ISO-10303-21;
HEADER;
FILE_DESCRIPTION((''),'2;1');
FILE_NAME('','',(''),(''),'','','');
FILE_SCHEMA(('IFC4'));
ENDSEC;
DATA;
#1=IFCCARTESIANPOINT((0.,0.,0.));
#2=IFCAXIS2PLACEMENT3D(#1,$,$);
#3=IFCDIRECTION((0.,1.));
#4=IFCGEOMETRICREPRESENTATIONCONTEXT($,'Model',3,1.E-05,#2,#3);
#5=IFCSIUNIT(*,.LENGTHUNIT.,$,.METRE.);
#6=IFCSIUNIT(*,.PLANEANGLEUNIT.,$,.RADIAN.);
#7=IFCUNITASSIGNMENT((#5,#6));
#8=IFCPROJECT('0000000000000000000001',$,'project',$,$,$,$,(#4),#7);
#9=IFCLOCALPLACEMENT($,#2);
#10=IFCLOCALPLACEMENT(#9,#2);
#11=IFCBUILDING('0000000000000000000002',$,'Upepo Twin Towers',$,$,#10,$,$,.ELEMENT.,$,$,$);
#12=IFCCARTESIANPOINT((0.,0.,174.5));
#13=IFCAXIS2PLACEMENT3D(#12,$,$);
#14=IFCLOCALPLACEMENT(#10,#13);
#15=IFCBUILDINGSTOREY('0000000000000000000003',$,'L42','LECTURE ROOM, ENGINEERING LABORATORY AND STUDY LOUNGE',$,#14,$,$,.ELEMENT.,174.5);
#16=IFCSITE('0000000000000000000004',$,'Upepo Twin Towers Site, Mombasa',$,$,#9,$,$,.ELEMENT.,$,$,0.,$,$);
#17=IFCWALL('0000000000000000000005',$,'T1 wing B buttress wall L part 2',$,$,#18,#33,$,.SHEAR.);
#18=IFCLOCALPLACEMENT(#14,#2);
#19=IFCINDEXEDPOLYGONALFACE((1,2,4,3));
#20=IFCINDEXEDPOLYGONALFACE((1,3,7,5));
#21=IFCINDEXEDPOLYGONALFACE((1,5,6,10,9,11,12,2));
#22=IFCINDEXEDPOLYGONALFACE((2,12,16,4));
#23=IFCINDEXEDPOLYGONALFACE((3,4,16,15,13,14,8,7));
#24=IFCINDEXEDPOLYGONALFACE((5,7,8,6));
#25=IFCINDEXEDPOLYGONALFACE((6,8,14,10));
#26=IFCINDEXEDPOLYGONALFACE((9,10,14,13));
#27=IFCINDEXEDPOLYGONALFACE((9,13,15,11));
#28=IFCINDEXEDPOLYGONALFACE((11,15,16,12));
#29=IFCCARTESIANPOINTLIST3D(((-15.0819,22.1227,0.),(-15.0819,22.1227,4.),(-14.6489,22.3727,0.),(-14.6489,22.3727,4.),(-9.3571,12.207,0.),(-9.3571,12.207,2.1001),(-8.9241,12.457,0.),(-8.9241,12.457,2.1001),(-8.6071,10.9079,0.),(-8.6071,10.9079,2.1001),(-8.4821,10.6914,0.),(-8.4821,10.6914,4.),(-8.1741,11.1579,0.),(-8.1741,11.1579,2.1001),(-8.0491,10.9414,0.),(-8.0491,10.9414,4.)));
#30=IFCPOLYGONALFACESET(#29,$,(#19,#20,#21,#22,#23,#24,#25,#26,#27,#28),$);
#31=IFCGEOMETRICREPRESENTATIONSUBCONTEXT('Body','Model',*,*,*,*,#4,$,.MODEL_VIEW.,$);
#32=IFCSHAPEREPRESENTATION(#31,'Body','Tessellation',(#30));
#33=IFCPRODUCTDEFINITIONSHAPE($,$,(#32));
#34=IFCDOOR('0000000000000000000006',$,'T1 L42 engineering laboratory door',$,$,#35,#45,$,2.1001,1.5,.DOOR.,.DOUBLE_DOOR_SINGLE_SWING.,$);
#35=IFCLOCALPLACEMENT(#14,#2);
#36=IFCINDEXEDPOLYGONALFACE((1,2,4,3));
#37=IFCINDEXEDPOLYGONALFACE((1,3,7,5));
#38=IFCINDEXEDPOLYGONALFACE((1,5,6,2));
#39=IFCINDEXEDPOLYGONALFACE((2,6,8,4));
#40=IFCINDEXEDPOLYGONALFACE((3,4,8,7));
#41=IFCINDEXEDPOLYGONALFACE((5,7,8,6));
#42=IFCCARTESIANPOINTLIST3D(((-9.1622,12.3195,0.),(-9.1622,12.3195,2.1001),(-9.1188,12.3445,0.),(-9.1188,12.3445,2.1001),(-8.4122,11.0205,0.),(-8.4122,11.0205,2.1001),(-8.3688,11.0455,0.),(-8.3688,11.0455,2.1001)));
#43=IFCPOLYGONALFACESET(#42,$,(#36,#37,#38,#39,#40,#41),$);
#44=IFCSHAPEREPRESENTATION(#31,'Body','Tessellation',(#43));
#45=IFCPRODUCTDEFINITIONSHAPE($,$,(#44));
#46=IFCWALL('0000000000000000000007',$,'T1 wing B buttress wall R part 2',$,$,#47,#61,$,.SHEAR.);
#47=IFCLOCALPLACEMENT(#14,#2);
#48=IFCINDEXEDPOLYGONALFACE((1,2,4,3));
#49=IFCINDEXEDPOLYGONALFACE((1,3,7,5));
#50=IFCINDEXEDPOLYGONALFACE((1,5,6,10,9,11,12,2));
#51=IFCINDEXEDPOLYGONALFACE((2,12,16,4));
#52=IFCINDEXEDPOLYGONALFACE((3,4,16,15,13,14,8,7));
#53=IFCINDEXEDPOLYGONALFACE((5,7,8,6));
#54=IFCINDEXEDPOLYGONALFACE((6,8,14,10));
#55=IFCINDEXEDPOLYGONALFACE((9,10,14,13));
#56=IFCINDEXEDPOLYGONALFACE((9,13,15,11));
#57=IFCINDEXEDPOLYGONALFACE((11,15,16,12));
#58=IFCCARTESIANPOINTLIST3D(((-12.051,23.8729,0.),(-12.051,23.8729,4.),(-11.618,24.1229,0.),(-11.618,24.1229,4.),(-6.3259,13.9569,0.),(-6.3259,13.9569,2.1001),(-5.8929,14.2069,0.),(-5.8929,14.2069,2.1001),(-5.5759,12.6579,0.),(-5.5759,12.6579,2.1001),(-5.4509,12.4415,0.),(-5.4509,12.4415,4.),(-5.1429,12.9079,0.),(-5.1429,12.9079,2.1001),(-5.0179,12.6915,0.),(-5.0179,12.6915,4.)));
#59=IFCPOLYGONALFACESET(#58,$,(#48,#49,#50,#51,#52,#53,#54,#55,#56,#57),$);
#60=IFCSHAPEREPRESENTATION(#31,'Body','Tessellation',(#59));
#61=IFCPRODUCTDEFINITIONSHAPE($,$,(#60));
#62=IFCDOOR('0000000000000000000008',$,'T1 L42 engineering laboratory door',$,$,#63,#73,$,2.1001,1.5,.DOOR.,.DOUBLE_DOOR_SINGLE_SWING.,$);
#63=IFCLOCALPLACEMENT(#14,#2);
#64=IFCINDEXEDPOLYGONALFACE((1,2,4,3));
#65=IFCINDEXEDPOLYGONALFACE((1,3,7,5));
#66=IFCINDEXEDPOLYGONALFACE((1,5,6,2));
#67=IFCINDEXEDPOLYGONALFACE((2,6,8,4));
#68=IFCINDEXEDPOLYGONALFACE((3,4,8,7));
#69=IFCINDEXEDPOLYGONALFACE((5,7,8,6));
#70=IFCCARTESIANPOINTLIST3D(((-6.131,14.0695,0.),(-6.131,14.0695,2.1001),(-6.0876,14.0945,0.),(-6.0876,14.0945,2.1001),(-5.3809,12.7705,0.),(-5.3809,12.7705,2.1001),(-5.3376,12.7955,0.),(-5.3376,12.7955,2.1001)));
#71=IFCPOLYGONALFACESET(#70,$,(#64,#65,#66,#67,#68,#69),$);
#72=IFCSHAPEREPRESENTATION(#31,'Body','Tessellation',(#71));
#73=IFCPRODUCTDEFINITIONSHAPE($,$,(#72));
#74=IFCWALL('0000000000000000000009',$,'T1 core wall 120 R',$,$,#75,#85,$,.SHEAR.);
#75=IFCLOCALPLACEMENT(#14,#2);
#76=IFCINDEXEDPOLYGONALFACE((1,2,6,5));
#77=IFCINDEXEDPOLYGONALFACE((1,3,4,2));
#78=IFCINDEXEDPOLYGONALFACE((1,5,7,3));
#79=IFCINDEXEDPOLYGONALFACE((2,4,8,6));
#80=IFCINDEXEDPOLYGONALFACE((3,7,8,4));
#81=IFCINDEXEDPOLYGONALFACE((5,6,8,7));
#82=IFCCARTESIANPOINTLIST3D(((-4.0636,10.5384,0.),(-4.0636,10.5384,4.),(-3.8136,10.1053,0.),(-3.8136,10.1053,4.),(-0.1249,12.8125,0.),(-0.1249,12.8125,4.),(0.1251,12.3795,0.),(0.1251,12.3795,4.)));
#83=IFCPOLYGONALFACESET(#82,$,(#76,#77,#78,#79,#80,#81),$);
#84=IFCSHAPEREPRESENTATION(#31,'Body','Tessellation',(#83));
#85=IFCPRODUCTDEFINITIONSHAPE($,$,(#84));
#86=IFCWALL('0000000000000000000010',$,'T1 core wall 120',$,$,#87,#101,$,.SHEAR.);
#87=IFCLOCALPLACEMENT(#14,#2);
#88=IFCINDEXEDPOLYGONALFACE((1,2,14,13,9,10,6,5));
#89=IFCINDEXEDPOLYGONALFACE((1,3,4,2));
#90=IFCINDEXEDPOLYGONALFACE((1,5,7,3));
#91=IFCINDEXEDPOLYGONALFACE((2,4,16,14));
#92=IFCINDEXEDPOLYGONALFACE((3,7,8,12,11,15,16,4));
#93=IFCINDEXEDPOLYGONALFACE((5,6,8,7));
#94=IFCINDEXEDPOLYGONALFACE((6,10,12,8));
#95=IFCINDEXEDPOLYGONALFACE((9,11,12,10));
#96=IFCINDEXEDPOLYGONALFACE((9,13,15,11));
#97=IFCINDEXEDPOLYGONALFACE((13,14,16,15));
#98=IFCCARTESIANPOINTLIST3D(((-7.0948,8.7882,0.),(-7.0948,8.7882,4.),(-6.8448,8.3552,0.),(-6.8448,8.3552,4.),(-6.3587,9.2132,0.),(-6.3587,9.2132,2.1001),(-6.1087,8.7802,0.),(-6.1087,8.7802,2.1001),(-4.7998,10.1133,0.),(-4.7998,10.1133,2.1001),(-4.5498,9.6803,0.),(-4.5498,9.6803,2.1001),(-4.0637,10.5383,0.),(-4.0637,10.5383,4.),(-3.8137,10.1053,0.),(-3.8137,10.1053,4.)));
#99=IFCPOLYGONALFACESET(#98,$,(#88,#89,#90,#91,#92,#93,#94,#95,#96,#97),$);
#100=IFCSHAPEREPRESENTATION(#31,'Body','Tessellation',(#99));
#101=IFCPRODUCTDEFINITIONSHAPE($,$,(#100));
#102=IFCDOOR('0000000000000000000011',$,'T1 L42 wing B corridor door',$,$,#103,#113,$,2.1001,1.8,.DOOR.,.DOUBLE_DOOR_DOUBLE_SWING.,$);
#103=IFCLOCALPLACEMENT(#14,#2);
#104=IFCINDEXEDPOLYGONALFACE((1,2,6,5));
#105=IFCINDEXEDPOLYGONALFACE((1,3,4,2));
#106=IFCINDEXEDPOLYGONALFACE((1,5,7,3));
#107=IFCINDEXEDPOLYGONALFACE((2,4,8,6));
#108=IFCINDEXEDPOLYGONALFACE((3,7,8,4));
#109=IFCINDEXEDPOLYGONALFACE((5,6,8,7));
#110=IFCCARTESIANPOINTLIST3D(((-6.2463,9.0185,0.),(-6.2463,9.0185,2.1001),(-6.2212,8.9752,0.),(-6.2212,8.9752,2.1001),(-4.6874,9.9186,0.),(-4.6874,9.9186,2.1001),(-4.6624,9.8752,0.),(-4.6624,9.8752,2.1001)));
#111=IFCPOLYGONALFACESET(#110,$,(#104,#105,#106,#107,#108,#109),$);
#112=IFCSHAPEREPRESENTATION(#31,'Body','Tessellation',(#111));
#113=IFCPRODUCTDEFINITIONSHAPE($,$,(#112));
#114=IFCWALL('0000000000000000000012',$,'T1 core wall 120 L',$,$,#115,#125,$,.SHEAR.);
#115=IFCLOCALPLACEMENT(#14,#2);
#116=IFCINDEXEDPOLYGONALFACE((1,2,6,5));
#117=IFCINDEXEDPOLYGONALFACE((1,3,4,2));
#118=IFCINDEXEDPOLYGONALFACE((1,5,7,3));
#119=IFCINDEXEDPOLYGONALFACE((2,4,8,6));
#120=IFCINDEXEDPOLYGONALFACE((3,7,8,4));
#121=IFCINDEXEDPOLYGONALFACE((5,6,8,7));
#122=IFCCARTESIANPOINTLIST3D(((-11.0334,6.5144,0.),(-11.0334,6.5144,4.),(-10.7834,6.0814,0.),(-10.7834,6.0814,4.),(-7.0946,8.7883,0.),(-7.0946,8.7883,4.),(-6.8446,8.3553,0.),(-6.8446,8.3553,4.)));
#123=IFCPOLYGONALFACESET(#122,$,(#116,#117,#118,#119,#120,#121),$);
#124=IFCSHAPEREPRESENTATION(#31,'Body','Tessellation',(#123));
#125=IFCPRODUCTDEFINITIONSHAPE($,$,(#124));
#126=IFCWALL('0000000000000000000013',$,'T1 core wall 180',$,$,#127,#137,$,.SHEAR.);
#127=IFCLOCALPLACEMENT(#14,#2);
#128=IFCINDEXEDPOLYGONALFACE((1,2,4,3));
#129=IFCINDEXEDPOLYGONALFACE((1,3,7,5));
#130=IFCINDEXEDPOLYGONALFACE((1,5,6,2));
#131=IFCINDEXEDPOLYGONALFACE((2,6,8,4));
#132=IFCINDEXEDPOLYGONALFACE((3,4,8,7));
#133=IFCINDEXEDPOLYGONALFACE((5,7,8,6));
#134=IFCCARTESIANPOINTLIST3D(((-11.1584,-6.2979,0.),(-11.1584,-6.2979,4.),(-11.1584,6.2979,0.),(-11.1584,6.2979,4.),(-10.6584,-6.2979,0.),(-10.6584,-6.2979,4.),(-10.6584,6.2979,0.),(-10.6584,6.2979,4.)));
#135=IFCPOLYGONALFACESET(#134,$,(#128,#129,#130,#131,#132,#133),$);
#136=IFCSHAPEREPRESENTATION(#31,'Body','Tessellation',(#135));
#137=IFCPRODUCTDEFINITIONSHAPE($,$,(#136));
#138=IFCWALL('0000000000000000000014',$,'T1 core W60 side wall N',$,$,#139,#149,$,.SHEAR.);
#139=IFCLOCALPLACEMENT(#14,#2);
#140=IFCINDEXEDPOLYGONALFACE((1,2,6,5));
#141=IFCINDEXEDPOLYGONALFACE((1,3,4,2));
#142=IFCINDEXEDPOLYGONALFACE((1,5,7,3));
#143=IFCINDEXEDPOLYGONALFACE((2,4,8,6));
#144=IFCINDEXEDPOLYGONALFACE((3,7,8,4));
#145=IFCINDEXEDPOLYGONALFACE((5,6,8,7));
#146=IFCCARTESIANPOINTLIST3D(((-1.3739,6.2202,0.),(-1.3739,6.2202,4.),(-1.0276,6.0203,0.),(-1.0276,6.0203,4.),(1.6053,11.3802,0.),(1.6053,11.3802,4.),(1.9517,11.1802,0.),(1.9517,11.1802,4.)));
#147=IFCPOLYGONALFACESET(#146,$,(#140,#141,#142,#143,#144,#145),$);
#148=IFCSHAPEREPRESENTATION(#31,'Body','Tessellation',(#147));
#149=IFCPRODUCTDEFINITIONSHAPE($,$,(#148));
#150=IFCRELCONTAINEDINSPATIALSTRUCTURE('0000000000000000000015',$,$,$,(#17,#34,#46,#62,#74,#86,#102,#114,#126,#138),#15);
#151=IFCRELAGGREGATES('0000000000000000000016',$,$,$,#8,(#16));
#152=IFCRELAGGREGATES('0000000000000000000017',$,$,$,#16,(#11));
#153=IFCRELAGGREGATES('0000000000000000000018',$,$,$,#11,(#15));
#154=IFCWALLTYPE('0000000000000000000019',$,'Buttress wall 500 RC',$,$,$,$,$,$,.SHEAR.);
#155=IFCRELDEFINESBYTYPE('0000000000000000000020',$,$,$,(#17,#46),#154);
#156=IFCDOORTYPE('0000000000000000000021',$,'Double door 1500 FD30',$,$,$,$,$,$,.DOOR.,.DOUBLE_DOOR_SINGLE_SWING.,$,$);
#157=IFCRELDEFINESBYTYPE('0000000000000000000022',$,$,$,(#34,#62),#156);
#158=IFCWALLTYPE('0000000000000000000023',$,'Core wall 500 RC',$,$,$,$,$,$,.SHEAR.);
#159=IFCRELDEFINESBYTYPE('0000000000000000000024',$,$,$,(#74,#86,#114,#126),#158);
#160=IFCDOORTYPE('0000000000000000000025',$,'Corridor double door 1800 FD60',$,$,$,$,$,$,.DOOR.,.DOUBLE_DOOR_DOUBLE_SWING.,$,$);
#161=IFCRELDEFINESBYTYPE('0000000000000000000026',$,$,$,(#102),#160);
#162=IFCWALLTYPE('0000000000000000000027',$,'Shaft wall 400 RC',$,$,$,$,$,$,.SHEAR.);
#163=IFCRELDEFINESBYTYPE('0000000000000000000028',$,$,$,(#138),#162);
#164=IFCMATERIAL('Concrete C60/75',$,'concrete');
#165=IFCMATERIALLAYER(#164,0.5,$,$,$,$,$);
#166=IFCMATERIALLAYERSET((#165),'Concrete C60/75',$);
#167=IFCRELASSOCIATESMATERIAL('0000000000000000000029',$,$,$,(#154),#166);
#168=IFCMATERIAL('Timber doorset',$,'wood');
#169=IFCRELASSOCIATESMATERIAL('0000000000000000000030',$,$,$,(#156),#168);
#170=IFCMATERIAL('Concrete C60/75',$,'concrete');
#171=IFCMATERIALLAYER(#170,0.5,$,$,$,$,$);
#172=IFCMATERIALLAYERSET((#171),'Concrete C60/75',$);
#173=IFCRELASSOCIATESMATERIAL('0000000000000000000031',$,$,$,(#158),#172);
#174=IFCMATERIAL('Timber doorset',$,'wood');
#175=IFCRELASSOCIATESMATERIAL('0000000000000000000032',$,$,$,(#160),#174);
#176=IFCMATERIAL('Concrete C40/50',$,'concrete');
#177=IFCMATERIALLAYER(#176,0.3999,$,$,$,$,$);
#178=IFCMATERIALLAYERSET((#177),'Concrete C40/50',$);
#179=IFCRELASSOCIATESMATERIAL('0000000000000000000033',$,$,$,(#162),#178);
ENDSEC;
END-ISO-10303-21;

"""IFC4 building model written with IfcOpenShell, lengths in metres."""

from ifc_helpers import new_model, si_unit, direction, frame, frame_2d, origin, place, context, subcontext, project, spatial, rectangle, extrude, material, layer, layer_set, type_object, element, fill, save


model = new_model("IFC4")

# Units and contexts
model_context = context("Model", 3, precision=1e-05, world=origin(), true_north=direction((0.0, 1.0)))
body_context = subcontext(model_context, "Body", "Model", "MODEL_VIEW")
ifc_project = project(units=[si_unit("LENGTHUNIT", "METRE"), si_unit("PLANEANGLEUNIT", "RADIAN")], contexts=[model_context])

# Site, building, storey
site_placement = place(None, origin())
site = spatial("IfcSite", under=ifc_project, at=site_placement, Name="Upepo Twin Towers Site, Mombasa", CompositionType="ELEMENT", RefElevation=0.0)
building_placement = place(site_placement, origin())
building = spatial("IfcBuilding", under=site, at=building_placement, Name="Upepo Twin Towers", CompositionType="ELEMENT")
storey_placement = place(building_placement, frame((0.0, 0.0, 174.5)))
storey = spatial("IfcBuildingStorey", under=building, at=storey_placement, Name="L42", Description="LECTURE ROOM, ENGINEERING LABORATORY AND STUDY LOUNGE", CompositionType="ELEMENT", Elevation=174.5)

# Walls, openings, doors
ifc_material_1 = material(Name="Concrete C60/75", Category="concrete")
ifc_layer_1 = layer(ifc_material_1, 0.5)
ifc_layer_set_1 = layer_set([ifc_layer_1], Name="Concrete C60/75")
wall_type_1 = type_object("IfcWallType", Name="Buttress wall 500 RC", PredefinedType="SHEAR", material=ifc_layer_set_1)
wall_1_placement = place(storey_placement, frame((-8.2656, 10.8164, 0.0), z_axis=(0.0, 0.0, 1.0), x_axis=(-0.499996, 0.866028, 0.0)))
wall_1 = element("IfcWall", 1, at=wall_1_placement, inside=storey, type_object=wall_type_1, Name="T1 wing B buttress wall L part 2", PredefinedType="SHEAR", context=body_context, shape_type="SweptSolid", body=[
    extrude(rectangle(XDim=13.1997, YDim=0.5, at=frame_2d((6.5999, 0.0))), origin(), (0.0, 0.0, 1.0), 4.0),
])
opening_1_placement = place(wall_1_placement, frame((0.25, 0.0, 0.0)))
opening_1 = element("IfcOpeningElement", 2, at=opening_1_placement, cuts=wall_1, PredefinedType="OPENING", context=body_context, shape_type="SweptSolid", body=[
    extrude(rectangle(XDim=1.5, YDim=2.1001, at=frame_2d((0.75, 1.05))), frame((0.0, 0.26, 0.0), z_axis=(0.0, -1.0, 0.0), x_axis=(1.0, 0.0, 0.0)), (0.0, 0.0, 1.0), 0.52),
])
ifc_material_2 = material(Name="Timber doorset", Category="wood")
door_type_1 = type_object("IfcDoorType", Name="Double door 1500 FD30", OperationType="DOUBLE_DOOR_SINGLE_SWING", PredefinedType="DOOR", material=ifc_material_2)
door_1_placement = place(opening_1_placement, origin())
door_1 = element("IfcDoor", 3, at=door_1_placement, inside=storey, type_object=door_type_1, Name="T1 L42 engineering laboratory door", OperationType="DOUBLE_DOOR_SINGLE_SWING", OverallHeight=2.1001, OverallWidth=1.5, PredefinedType="DOOR", context=body_context, shape_type="SweptSolid", body=[
    extrude(rectangle(XDim=1.5, YDim=2.1001, at=frame_2d((0.75, 1.05))), frame((0.0, 0.0249, 0.0), z_axis=(0.0, -1.0, 0.0), x_axis=(1.0, 0.0, 0.0)), (0.0, 0.0, 1.0), 0.05),
])
fill(opening_1, door_1)
wall_2_placement = place(storey_placement, frame((-5.2344, 12.5664, 0.0), z_axis=(0.0, 0.0, 1.0), x_axis=(-0.50001, 0.86602, 0.0)))
wall_2 = element("IfcWall", 4, at=wall_2_placement, inside=storey, type_object=wall_type_1, Name="T1 wing B buttress wall R part 2", PredefinedType="SHEAR", context=body_context, shape_type="SweptSolid", body=[
    extrude(rectangle(XDim=13.2, YDim=0.5, at=frame_2d((6.6001, 0.0))), origin(), (0.0, 0.0, 1.0), 4.0),
])
opening_2_placement = place(wall_2_placement, frame((0.25, 0.0, 0.0)))
opening_2 = element("IfcOpeningElement", 5, at=opening_2_placement, cuts=wall_2, PredefinedType="OPENING", context=body_context, shape_type="SweptSolid", body=[
    extrude(rectangle(XDim=1.5, YDim=2.1001, at=frame_2d((0.75, 1.05))), frame((0.0, 0.26, 0.0), z_axis=(0.0, -1.0, 0.0), x_axis=(1.0, 0.0, 0.0)), (0.0, 0.0, 1.0), 0.52),
])
door_2_placement = place(opening_2_placement, origin())
door_2 = element("IfcDoor", 6, at=door_2_placement, inside=storey, type_object=door_type_1, Name="T1 L42 engineering laboratory door", OperationType="DOUBLE_DOOR_SINGLE_SWING", OverallHeight=2.1001, OverallWidth=1.5, PredefinedType="DOOR", context=body_context, shape_type="SweptSolid", body=[
    extrude(rectangle(XDim=1.5, YDim=2.1001, at=frame_2d((0.75, 1.05))), frame((0.0, 0.0249, 0.0), z_axis=(0.0, -1.0, 0.0), x_axis=(1.0, 0.0, 0.0)), (0.0, 0.0, 1.0), 0.05),
])
fill(opening_2, door_2)

# Wall
ifc_material_3 = material(Name="Concrete C60/75", Category="concrete")
ifc_layer_2 = layer(ifc_material_3, 0.5)
ifc_layer_set_2 = layer_set([ifc_layer_2], Name="Concrete C60/75")
wall_type_2 = type_object("IfcWallType", Name="Core wall 500 RC", PredefinedType="SHEAR", material=ifc_layer_set_2)
wall_3_placement = place(storey_placement, frame((0.0, 12.5959, 0.0), z_axis=(0.0, 0.0, 1.0), x_axis=(-0.866011, -0.500024, 0.0)))
element("IfcWall", 7, at=wall_3_placement, inside=storey, type_object=wall_type_2, Name="T1 core wall 120 R", PredefinedType="SHEAR", context=body_context, shape_type="SweptSolid", body=[
    extrude(rectangle(XDim=4.5481, YDim=0.5, at=frame_2d((2.2739, 0.0))), origin(), (0.0, 0.0, 1.0), 4.0),
])

# Wall, opening, door
wall_4_placement = place(storey_placement, frame((-3.9387, 10.3218, 0.0), z_axis=(0.0, 0.0, 1.0), x_axis=(-0.866019, -0.50001, 0.0)))
wall_4 = element("IfcWall", 8, at=wall_4_placement, inside=storey, type_object=wall_type_2, Name="T1 core wall 120", PredefinedType="SHEAR", context=body_context, shape_type="SweptSolid", body=[
    extrude(rectangle(XDim=3.5, YDim=0.5, at=frame_2d((1.75, 0.0))), origin(), (0.0, 0.0, 1.0), 4.0),
])
opening_3_placement = place(wall_4_placement, frame((0.8501, 0.0, 0.0)))
opening_3 = element("IfcOpeningElement", 9, at=opening_3_placement, cuts=wall_4, PredefinedType="OPENING", context=body_context, shape_type="SweptSolid", body=[
    extrude(rectangle(XDim=1.8, YDim=2.1001, at=frame_2d((0.8999, 1.05))), frame((0.0, 0.26, 0.0), z_axis=(0.0, -1.0, 0.0), x_axis=(1.0, 0.0, 0.0)), (0.0, 0.0, 1.0), 0.52),
])
ifc_material_4 = material(Name="Timber doorset", Category="wood")
door_type_2 = type_object("IfcDoorType", Name="Corridor double door 1800 FD60", OperationType="DOUBLE_DOOR_DOUBLE_SWING", PredefinedType="DOOR", material=ifc_material_4)
door_3_placement = place(opening_3_placement, origin())
door_3 = element("IfcDoor", 10, at=door_3_placement, inside=storey, type_object=door_type_2, Name="T1 L42 wing B corridor door", OperationType="DOUBLE_DOOR_DOUBLE_SWING", OverallHeight=2.1001, OverallWidth=1.8, PredefinedType="DOOR", context=body_context, shape_type="SweptSolid", body=[
    extrude(rectangle(XDim=1.8, YDim=2.1001, at=frame_2d((0.8999, 1.05))), frame((0.0, 0.0249, 0.0), z_axis=(0.0, -1.0, 0.0), x_axis=(1.0, 0.0, 0.0)), (0.0, 0.0, 1.0), 0.05),
])
fill(opening_3, door_3)

# Walls
wall_5_placement = place(storey_placement, frame((-6.9697, 8.5718, 0.0), z_axis=(0.0, 0.0, 1.0), x_axis=(-0.866035, -0.499984, 0.0)))
element("IfcWall", 11, at=wall_5_placement, inside=storey, type_object=wall_type_2, Name="T1 core wall 120 L", PredefinedType="SHEAR", context=body_context, shape_type="SweptSolid", body=[
    extrude(rectangle(XDim=4.5481, YDim=0.5, at=frame_2d((2.2739, 0.0))), origin(), (0.0, 0.0, 1.0), 4.0),
])
wall_6_placement = place(storey_placement, frame((-10.9084, 6.2979, 0.0), z_axis=(0.0, 0.0, 1.0), x_axis=(0.0, -1.0, 0.0)))
element("IfcWall", 12, at=wall_6_placement, inside=storey, type_object=wall_type_2, Name="T1 core wall 180", PredefinedType="SHEAR", context=body_context, shape_type="SweptSolid", body=[
    extrude(rectangle(XDim=12.5957, YDim=0.5, at=frame_2d((6.2979, 0.0))), origin(), (0.0, 0.0, 1.0), 4.0),
])
ifc_material_5 = material(Name="Concrete C40/50", Category="concrete")
ifc_layer_3 = layer(ifc_material_5, 0.3999)
ifc_layer_set_3 = layer_set([ifc_layer_3], Name="Concrete C40/50")
wall_type_3 = type_object("IfcWallType", Name="Shaft wall 400 RC", PredefinedType="SHEAR", material=ifc_layer_set_3)
wall_7_placement = place(storey_placement, frame((-1.2007, 6.1204, 0.0), z_axis=(0.0, 0.0, 1.0), x_axis=(0.500022, 0.866013, 0.0)))
element("IfcWall", 13, at=wall_7_placement, inside=storey, type_object=wall_type_3, Name="T1 core W60 side wall N", PredefinedType="SHEAR", context=body_context, shape_type="SweptSolid", body=[
    extrude(rectangle(XDim=5.9583, YDim=0.3999, at=frame_2d((2.979, 0.0))), origin(), (0.0, 0.0, 1.0), 4.0),
])

save(model, "model.ifc")
